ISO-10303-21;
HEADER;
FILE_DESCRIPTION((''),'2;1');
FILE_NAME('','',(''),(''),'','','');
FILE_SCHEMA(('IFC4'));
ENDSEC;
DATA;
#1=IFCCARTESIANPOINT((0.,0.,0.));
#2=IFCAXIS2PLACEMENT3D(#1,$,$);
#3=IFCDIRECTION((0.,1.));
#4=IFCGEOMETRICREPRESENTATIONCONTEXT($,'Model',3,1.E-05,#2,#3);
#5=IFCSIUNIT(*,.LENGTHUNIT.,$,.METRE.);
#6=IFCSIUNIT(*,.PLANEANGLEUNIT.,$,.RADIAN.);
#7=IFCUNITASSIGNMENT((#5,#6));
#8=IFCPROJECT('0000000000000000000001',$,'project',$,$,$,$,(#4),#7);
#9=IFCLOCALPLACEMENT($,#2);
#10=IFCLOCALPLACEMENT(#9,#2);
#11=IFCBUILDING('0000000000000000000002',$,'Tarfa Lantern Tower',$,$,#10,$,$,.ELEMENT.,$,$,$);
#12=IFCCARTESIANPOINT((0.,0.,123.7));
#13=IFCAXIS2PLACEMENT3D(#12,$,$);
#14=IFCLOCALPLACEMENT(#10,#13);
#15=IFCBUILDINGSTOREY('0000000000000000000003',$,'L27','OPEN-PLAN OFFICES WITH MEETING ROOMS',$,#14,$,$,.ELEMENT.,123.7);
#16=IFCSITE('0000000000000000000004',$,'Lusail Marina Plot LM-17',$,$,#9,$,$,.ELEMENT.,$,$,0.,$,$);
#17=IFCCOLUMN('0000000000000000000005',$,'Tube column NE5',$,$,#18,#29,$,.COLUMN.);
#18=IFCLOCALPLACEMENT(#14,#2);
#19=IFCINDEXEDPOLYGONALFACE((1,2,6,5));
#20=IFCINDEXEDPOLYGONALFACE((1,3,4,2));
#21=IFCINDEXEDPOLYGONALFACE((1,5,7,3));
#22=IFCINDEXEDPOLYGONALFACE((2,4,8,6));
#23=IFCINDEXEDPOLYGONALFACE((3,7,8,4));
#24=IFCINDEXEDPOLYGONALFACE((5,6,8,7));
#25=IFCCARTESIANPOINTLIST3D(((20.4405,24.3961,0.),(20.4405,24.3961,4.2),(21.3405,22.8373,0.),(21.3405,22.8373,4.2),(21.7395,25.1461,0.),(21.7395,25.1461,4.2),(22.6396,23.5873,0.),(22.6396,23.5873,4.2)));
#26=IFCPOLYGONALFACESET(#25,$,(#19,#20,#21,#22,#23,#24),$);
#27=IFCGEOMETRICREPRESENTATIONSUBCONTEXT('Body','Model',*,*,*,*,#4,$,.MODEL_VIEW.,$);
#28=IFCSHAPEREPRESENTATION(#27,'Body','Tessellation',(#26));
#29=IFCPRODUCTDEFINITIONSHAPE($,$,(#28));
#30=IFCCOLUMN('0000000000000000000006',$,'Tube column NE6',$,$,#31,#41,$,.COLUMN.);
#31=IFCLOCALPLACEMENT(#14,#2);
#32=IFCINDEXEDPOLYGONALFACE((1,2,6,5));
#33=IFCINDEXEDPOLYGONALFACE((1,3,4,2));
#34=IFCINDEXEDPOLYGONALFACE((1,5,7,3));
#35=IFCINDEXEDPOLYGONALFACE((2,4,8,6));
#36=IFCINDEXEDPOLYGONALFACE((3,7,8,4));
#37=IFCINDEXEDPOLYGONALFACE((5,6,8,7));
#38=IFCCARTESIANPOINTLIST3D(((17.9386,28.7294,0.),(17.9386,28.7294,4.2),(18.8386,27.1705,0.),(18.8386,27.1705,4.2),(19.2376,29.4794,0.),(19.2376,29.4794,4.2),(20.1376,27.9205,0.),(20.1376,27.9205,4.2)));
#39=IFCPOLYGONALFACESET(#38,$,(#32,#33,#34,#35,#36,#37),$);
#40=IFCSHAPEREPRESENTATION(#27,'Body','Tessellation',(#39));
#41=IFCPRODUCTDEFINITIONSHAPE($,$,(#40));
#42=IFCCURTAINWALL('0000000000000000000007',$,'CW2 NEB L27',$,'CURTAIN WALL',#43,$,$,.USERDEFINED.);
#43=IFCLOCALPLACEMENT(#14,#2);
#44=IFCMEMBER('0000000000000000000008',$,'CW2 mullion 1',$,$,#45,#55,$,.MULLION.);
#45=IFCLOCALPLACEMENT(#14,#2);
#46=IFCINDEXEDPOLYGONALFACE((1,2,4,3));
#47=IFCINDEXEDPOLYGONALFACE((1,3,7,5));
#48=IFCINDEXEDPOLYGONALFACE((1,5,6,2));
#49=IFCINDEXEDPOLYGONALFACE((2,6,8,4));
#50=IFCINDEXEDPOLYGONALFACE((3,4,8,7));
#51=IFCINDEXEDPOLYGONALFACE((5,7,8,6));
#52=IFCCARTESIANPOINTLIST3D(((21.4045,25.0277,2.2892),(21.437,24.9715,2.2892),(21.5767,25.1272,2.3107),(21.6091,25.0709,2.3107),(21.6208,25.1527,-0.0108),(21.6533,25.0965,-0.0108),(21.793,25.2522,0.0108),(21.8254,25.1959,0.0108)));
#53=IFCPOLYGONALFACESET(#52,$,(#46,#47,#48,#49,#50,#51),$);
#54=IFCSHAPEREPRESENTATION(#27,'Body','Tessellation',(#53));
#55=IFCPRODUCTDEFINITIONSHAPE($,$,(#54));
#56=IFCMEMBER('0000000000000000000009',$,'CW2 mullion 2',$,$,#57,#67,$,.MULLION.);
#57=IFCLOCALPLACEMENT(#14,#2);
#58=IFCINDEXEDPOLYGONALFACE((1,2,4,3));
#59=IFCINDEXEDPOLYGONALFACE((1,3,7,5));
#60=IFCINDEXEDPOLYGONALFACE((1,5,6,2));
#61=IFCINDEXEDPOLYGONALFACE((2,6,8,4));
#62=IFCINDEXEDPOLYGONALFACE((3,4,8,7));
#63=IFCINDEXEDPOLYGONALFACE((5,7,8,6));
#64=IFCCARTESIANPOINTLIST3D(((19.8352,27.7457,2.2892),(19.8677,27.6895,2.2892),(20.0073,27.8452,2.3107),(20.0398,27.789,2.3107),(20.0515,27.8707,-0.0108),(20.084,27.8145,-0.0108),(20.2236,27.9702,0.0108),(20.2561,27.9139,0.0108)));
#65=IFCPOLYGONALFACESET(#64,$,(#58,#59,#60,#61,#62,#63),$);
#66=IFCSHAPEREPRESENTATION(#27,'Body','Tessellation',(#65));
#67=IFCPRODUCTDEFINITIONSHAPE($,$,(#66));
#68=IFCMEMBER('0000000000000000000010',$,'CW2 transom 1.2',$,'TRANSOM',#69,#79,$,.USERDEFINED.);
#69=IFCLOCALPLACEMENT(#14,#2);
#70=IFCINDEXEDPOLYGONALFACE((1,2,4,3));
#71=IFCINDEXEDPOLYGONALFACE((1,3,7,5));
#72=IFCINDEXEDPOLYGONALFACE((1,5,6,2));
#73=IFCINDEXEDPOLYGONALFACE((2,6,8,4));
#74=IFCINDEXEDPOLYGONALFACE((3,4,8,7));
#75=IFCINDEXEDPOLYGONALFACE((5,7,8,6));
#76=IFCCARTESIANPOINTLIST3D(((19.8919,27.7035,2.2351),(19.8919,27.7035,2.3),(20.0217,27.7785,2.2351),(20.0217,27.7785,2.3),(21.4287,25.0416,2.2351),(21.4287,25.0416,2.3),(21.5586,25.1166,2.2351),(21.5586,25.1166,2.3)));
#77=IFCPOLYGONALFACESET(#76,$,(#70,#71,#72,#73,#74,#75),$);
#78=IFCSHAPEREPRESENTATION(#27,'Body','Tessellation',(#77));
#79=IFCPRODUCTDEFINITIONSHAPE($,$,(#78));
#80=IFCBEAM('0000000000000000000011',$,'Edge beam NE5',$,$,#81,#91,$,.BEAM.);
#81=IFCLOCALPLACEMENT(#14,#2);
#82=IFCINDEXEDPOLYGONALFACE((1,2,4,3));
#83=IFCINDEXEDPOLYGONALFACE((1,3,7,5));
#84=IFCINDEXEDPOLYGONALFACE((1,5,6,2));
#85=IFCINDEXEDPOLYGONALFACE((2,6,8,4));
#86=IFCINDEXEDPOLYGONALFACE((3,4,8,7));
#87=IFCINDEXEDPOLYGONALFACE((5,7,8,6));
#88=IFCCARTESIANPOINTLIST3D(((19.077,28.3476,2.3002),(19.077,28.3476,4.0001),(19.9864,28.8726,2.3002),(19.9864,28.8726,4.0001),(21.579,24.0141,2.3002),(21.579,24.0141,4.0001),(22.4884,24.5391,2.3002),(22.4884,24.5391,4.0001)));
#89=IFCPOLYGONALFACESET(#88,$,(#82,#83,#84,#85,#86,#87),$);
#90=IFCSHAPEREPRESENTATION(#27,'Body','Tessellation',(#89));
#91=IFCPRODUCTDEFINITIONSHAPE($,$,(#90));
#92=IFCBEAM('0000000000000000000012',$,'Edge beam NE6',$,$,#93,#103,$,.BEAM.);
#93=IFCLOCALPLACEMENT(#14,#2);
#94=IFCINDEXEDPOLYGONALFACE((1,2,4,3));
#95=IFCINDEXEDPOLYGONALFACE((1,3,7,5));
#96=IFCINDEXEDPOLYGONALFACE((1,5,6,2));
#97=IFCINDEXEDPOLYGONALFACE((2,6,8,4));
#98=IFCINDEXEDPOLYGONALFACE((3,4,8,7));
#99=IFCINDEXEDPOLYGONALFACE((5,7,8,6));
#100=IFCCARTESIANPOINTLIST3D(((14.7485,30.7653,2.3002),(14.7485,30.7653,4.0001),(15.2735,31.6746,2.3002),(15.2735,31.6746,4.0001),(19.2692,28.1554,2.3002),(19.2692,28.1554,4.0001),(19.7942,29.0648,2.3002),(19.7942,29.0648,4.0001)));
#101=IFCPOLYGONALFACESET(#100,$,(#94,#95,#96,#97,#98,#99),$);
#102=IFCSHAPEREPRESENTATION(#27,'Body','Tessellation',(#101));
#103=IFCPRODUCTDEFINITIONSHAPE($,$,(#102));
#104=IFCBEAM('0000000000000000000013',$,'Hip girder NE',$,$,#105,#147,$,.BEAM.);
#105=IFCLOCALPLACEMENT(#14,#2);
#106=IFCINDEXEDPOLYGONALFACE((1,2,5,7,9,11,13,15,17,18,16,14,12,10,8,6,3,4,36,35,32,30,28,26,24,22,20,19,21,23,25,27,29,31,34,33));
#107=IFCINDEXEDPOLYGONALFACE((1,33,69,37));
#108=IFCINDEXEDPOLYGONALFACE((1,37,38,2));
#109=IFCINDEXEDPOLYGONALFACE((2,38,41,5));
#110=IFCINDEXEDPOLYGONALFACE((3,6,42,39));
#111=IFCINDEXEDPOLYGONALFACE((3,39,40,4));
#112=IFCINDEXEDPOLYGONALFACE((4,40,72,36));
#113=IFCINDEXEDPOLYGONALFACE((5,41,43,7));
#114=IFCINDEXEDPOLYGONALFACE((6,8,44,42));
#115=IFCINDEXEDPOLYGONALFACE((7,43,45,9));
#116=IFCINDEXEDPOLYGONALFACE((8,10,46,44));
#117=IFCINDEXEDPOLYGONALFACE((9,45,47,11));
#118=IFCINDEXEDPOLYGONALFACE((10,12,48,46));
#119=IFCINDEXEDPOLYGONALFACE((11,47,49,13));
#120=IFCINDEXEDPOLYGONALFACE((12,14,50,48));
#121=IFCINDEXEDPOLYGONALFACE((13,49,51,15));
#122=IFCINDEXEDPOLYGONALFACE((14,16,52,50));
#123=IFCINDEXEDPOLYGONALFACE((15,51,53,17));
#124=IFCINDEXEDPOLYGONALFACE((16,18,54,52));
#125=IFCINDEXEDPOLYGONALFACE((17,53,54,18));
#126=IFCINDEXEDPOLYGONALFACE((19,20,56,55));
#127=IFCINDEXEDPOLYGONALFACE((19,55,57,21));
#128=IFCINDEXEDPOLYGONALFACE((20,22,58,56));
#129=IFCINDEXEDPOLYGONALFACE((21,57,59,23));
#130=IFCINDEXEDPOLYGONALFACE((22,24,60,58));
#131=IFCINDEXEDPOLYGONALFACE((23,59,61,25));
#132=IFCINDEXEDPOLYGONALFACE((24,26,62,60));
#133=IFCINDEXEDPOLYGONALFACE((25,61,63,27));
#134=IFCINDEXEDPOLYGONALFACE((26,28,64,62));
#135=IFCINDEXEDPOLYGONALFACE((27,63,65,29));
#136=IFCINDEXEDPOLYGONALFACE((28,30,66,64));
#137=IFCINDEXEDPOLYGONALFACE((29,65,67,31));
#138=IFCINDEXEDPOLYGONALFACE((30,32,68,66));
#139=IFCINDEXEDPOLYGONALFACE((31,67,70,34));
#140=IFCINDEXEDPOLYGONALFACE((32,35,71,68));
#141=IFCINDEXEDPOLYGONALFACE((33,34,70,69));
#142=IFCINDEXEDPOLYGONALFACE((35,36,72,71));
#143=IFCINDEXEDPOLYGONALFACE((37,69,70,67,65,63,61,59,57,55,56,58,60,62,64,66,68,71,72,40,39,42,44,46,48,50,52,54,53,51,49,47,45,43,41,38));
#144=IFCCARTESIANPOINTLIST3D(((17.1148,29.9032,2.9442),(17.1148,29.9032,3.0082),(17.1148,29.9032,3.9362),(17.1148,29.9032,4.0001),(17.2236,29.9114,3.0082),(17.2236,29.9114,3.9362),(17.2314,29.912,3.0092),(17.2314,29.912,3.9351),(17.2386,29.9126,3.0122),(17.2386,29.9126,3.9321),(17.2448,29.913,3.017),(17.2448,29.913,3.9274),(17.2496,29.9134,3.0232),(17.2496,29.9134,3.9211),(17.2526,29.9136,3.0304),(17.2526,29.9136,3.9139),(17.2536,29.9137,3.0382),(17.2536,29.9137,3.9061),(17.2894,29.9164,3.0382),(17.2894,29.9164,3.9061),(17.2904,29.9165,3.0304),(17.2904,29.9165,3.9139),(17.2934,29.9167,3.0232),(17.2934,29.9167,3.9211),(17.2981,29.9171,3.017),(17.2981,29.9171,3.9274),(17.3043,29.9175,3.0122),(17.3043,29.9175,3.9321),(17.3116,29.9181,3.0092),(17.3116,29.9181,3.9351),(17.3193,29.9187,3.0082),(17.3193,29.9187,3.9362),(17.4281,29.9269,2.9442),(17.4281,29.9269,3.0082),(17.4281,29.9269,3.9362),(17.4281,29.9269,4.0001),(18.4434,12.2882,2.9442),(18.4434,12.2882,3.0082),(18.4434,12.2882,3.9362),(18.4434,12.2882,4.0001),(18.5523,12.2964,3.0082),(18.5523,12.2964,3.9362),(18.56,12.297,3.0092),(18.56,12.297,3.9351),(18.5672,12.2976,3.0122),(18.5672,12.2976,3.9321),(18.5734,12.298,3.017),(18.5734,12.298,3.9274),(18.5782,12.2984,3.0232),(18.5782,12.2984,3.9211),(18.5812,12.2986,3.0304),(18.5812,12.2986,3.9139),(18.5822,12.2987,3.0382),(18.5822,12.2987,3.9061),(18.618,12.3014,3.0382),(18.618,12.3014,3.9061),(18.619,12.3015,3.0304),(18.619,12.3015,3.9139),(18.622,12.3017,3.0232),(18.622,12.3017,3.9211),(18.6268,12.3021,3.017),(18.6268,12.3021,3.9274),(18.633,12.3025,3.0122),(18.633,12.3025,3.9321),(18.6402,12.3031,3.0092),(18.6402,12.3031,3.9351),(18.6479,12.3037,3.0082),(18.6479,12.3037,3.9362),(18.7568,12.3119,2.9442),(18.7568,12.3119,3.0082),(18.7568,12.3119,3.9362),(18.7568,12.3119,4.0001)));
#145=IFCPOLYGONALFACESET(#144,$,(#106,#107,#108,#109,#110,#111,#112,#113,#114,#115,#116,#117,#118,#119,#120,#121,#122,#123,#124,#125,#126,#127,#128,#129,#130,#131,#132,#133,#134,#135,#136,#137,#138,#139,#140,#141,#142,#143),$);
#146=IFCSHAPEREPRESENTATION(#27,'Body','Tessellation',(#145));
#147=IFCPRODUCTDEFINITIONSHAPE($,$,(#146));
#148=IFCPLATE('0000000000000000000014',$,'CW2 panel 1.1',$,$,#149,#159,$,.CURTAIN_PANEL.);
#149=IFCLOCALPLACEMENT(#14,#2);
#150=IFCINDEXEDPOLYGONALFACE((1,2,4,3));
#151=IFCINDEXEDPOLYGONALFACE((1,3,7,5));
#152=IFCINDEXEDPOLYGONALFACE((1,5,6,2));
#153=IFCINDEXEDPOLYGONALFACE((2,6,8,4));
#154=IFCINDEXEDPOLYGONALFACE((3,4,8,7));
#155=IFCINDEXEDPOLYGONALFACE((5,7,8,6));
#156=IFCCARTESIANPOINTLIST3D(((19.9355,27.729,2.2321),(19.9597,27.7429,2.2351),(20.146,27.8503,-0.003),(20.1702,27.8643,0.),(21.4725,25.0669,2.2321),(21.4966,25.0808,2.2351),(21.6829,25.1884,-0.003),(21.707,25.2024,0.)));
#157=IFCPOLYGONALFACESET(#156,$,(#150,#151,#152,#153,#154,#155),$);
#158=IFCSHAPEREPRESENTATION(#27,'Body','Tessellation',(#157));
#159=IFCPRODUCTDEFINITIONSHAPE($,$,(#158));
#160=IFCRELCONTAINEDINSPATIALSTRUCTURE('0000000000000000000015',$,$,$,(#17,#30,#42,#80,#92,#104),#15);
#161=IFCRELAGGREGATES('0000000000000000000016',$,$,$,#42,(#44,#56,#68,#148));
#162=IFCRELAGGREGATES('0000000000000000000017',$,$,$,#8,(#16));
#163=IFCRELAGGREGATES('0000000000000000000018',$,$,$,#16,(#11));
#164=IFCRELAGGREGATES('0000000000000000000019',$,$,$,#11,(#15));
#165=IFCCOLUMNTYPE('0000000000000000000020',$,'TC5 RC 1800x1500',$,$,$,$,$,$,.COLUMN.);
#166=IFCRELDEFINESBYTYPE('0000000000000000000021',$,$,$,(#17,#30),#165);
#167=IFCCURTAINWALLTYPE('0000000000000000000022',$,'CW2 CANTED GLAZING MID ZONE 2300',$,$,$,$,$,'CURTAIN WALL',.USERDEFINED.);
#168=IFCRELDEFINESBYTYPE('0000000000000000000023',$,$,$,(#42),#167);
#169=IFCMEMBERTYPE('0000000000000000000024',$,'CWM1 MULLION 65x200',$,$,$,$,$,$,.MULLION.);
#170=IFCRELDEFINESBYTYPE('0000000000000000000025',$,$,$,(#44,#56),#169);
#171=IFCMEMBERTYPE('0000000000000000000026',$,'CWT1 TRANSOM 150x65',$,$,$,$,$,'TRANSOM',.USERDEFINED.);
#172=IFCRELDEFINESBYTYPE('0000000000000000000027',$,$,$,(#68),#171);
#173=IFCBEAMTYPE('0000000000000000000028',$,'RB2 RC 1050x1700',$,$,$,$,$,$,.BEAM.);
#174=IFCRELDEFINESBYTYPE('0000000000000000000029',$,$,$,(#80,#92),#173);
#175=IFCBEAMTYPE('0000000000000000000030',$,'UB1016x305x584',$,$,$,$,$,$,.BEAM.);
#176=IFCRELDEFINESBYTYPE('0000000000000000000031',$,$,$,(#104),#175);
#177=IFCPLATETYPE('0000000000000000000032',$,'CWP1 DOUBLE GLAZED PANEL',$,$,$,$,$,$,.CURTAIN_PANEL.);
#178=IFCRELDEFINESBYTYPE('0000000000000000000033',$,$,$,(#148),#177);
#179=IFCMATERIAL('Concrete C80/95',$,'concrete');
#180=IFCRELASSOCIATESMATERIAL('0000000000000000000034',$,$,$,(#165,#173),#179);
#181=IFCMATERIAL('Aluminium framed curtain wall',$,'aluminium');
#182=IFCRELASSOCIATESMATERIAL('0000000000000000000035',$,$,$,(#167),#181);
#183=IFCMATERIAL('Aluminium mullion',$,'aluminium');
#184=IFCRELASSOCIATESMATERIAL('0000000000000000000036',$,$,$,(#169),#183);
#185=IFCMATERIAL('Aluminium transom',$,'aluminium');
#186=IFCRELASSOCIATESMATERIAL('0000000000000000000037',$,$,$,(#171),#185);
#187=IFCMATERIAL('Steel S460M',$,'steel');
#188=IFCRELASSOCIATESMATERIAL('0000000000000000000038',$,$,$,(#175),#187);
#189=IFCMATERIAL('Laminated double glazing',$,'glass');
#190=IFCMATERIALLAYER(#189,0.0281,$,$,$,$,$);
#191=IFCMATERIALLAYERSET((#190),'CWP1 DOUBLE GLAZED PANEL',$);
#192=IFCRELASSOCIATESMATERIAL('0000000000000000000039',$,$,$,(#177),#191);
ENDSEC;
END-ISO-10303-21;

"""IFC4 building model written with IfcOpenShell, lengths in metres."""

from ifc_helpers import new_model, si_unit, direction, frame, origin, origin_2d, place, context, subcontext, project, spatial, polyline, rectangle, i_section, outline, extrude, material, layer, layer_set, material_profile, profile_set, type_object, element, aggregate, save


model = new_model("IFC4")

# Units and contexts
model_context = context("Model", 3, precision=1e-05, world=origin(), true_north=direction((0.0, 1.0)))
body_context = subcontext(model_context, "Body", "Model", "MODEL_VIEW")
ifc_project = project(units=[si_unit("LENGTHUNIT", "METRE"), si_unit("PLANEANGLEUNIT", "RADIAN")], contexts=[model_context])

# Site, building, storey
site_placement = place(None, origin())
site = spatial("IfcSite", under=ifc_project, at=site_placement, Name="Lusail Marina Plot LM-17", CompositionType="ELEMENT", RefElevation=0.0)
building_placement = place(site_placement, origin())
building = spatial("IfcBuilding", under=site, at=building_placement, Name="Tarfa Lantern Tower", CompositionType="ELEMENT")
storey_placement = place(building_placement, frame((0.0, 0.0, 123.7)))
storey = spatial("IfcBuildingStorey", under=building, at=storey_placement, Name="L27", Description="OPEN-PLAN OFFICES WITH MEETING ROOMS", CompositionType="ELEMENT", Elevation=123.7)

# Columns
ifc_material_1 = material(Name="Concrete C80/95", Category="concrete")
ifc_material_profile_1 = material_profile(ifc_material_1, rectangle(XDim=1.8, YDim=1.5, at=origin_2d()), Name="RC 1800x1500")
ifc_profile_set_1 = profile_set([ifc_material_profile_1], Name="Concrete C80/95")
column_type = type_object("IfcColumnType", Name="TC5 RC 1800x1500", PredefinedType="COLUMN", material=ifc_profile_set_1)
for number, where, z_axis, x_axis, name in (
    (1, (21.54, 23.9917, 0.0), (0.0, 0.0, 1.0), (-0.5, 0.866025, 0.0), "Tube column NE5"),
    (2, (19.0381, 28.325, 0.0), (0.0, 0.0, 1.0), (-0.5, 0.866025, 0.0), "Tube column NE6"),
):
    element("IfcColumn", number, at=place(storey_placement, frame(where, z_axis=z_axis, x_axis=x_axis)), inside=storey, type_object=column_type, Name=name, PredefinedType="COLUMN", context=body_context, shape_type="SweptSolid", body=[
        extrude(rectangle(XDim=1.8, YDim=1.5, at=origin_2d()), origin(), (0.0, 0.0, 1.0), 4.2),
    ])

# Curtain wall, members
ifc_material_2 = material(Name="Aluminium framed curtain wall", Category="aluminium")
curtain_wall_type = type_object("IfcCurtainWallType", Name="CW2 CANTED GLAZING MID ZONE 2300", ElementType="CURTAIN WALL", PredefinedType="USERDEFINED", material=ifc_material_2)
curtain_wall_placement = place(storey_placement, origin())
curtain_wall = element("IfcCurtainWall", 3, at=curtain_wall_placement, inside=storey, type_object=curtain_wall_type, Name="CW2 NEB L27", ObjectType="CURTAIN WALL", PredefinedType="USERDEFINED")
ifc_material_3 = material(Name="Aluminium mullion", Category="aluminium")
ifc_material_profile_2 = material_profile(ifc_material_3, rectangle(XDim=0.0649, YDim=0.2, at=origin_2d()), Name="AL MULLION 65x200")
ifc_profile_set_2 = profile_set([ifc_material_profile_2], Name="Aluminium mullion")
member_type_1 = type_object("IfcMemberType", Name="CWM1 MULLION 65x200", PredefinedType="MULLION", material=ifc_profile_set_2)
member_1_placement = place(storey_placement, frame((21.7231, 25.1743, 0.0), z_axis=(-0.093495, -0.054029, 0.994153), x_axis=(0.500343, -0.865827, 0.0)))
member_1 = element("IfcMember", 4, at=member_1_placement, type_object=member_type_1, Name="CW2 mullion 1", PredefinedType="MULLION", context=body_context, shape_type="SweptSolid", body=[
    extrude(rectangle(XDim=0.0649, YDim=0.2, at=origin_2d()), origin(), (0.0, 0.0, 1.0), 2.3135),
])
member_2_placement = place(storey_placement, frame((20.1538, 27.8923, 0.0), z_axis=(-0.093495, -0.054029, 0.994153), x_axis=(0.500343, -0.865827, 0.0)))
member_2 = element("IfcMember", 5, at=member_2_placement, type_object=member_type_1, Name="CW2 mullion 2", PredefinedType="MULLION", context=body_context, shape_type="SweptSolid", body=[
    extrude(rectangle(XDim=0.0649, YDim=0.2, at=origin_2d()), origin(), (0.0, 0.0, 1.0), 2.3135),
])
ifc_material_4 = material(Name="Aluminium transom", Category="aluminium")
ifc_material_profile_3 = material_profile(ifc_material_4, rectangle(XDim=0.1499, YDim=0.0649, at=origin_2d()), Name="AL TRANSOM 150x65")
ifc_profile_set_3 = profile_set([ifc_material_profile_3], Name="Aluminium transom")
member_type_2 = type_object("IfcMemberType", Name="CWT1 TRANSOM 150x65", ElementType="TRANSOM", PredefinedType="USERDEFINED", material=ifc_profile_set_3)
member_3_placement = place(storey_placement, frame((21.4937, 25.0791, 2.2676), z_axis=(-0.500009, 0.86602, 0.0), x_axis=(-0.86602, -0.500009, 0.0)))
member_3 = element("IfcMember", 6, at=member_3_placement, type_object=member_type_2, Name="CW2 transom 1.2", ObjectType="TRANSOM", PredefinedType="USERDEFINED", context=body_context, shape_type="SweptSolid", body=[
    extrude(rectangle(XDim=0.1499, YDim=0.0649, at=origin_2d()), origin(), (0.0, 0.0, 1.0), 3.0737),
])

# Beams
ifc_material_profile_4 = material_profile(ifc_material_1, rectangle(XDim=1.05, YDim=1.7, at=origin_2d()), Name="RC 1050x1700")
ifc_profile_set_4 = profile_set([ifc_material_profile_4], Name="Concrete C80/95")
beam_type_1 = type_object("IfcBeamType", Name="RB2 RC 1050x1700", PredefinedType="BEAM", material=ifc_profile_set_4)
beam_1_placement = place(storey_placement, frame((22.0337, 24.2766, 3.1501), z_axis=(-0.500001, 0.866025, 0.0), x_axis=(-0.866025, -0.500001, 0.0)))
element("IfcBeam", 7, at=beam_1_placement, inside=storey, type_object=beam_type_1, Name="Edge beam NE5", PredefinedType="BEAM", context=body_context, shape_type="SweptSolid", body=[
    extrude(rectangle(XDim=1.05, YDim=1.7, at=origin_2d()), origin(), (0.0, 0.0, 1.0), 5.0039),
])
beam_2_placement = place(storey_placement, frame((19.5317, 28.6101, 3.1501), z_axis=(-0.866042, 0.499972, 0.0), x_axis=(-0.499972, -0.866042, 0.0)))
element("IfcBeam", 8, at=beam_2_placement, inside=storey, type_object=beam_type_1, Name="Edge beam NE6", PredefinedType="BEAM", context=body_context, shape_type="SweptSolid", body=[
    extrude(rectangle(XDim=1.05, YDim=1.7, at=origin_2d()), origin(), (0.0, 0.0, 1.0), 5.22),
])
ifc_material_5 = material(Name="Steel S460M", Category="steel")
ifc_material_profile_5 = material_profile(ifc_material_5, i_section(OverallWidth=0.3142, OverallDepth=1.0559, WebThickness=0.0359, FlangeThickness=0.064, FilletRadius=0.03, at=origin_2d()), Name="UB1016x305x584")
ifc_profile_set_5 = profile_set([ifc_material_profile_5], Name="Steel S460M")
beam_type_2 = type_object("IfcBeamType", Name="UB1016x305x584", PredefinedType="BEAM", material=ifc_profile_set_5)
beam_3_placement = place(storey_placement, frame((18.6001, 12.3, 3.4722), z_axis=(-0.075212, 0.997168, 0.0), x_axis=(-0.997168, -0.075212, 0.0)))
element("IfcBeam", 9, at=beam_3_placement, inside=storey, type_object=beam_type_2, Name="Hip girder NE", PredefinedType="BEAM", context=body_context, shape_type="SweptSolid", body=[
    extrude(i_section(OverallWidth=0.3142, OverallDepth=1.0559, WebThickness=0.0359, FlangeThickness=0.064, FilletRadius=0.03, at=origin_2d()), origin(), (0.0, 0.0, 1.0), 17.665),
])

# Plate
ifc_material_6 = material(Name="Laminated double glazing", Category="glass")
ifc_layer_1 = layer(ifc_material_6, 0.0281)
ifc_layer_set_1 = layer_set([ifc_layer_1], Name="CWP1 DOUBLE GLAZED PANEL")
plate_type = type_object("IfcPlateType", Name="CWP1 DOUBLE GLAZED PANEL", PredefinedType="CURTAIN_PANEL", material=ifc_layer_set_1)
plate_placement = place(storey_placement, frame((21.707, 25.2024, 0.0), z_axis=(0.860958, 0.497063, 0.108076), x_axis=(-0.499992, 0.86603, 0.000002)))
plate = element("IfcPlate", 10, at=plate_placement, type_object=plate_type, Name="CW2 panel 1.1", PredefinedType="CURTAIN_PANEL", context=body_context, shape_type="SweptSolid", body=[
    extrude(outline(polyline([(0.0, 0.0), (3.0737, 0.0), (3.0738, 2.2483), (-0.0001, 2.2483), (0.0, 0.0)])), origin(), (0.0, 0.0, -1.0), 0.0281),
])
aggregate(curtain_wall, [member_1, member_2, member_3, plate])

save(model, "model.ifc")
